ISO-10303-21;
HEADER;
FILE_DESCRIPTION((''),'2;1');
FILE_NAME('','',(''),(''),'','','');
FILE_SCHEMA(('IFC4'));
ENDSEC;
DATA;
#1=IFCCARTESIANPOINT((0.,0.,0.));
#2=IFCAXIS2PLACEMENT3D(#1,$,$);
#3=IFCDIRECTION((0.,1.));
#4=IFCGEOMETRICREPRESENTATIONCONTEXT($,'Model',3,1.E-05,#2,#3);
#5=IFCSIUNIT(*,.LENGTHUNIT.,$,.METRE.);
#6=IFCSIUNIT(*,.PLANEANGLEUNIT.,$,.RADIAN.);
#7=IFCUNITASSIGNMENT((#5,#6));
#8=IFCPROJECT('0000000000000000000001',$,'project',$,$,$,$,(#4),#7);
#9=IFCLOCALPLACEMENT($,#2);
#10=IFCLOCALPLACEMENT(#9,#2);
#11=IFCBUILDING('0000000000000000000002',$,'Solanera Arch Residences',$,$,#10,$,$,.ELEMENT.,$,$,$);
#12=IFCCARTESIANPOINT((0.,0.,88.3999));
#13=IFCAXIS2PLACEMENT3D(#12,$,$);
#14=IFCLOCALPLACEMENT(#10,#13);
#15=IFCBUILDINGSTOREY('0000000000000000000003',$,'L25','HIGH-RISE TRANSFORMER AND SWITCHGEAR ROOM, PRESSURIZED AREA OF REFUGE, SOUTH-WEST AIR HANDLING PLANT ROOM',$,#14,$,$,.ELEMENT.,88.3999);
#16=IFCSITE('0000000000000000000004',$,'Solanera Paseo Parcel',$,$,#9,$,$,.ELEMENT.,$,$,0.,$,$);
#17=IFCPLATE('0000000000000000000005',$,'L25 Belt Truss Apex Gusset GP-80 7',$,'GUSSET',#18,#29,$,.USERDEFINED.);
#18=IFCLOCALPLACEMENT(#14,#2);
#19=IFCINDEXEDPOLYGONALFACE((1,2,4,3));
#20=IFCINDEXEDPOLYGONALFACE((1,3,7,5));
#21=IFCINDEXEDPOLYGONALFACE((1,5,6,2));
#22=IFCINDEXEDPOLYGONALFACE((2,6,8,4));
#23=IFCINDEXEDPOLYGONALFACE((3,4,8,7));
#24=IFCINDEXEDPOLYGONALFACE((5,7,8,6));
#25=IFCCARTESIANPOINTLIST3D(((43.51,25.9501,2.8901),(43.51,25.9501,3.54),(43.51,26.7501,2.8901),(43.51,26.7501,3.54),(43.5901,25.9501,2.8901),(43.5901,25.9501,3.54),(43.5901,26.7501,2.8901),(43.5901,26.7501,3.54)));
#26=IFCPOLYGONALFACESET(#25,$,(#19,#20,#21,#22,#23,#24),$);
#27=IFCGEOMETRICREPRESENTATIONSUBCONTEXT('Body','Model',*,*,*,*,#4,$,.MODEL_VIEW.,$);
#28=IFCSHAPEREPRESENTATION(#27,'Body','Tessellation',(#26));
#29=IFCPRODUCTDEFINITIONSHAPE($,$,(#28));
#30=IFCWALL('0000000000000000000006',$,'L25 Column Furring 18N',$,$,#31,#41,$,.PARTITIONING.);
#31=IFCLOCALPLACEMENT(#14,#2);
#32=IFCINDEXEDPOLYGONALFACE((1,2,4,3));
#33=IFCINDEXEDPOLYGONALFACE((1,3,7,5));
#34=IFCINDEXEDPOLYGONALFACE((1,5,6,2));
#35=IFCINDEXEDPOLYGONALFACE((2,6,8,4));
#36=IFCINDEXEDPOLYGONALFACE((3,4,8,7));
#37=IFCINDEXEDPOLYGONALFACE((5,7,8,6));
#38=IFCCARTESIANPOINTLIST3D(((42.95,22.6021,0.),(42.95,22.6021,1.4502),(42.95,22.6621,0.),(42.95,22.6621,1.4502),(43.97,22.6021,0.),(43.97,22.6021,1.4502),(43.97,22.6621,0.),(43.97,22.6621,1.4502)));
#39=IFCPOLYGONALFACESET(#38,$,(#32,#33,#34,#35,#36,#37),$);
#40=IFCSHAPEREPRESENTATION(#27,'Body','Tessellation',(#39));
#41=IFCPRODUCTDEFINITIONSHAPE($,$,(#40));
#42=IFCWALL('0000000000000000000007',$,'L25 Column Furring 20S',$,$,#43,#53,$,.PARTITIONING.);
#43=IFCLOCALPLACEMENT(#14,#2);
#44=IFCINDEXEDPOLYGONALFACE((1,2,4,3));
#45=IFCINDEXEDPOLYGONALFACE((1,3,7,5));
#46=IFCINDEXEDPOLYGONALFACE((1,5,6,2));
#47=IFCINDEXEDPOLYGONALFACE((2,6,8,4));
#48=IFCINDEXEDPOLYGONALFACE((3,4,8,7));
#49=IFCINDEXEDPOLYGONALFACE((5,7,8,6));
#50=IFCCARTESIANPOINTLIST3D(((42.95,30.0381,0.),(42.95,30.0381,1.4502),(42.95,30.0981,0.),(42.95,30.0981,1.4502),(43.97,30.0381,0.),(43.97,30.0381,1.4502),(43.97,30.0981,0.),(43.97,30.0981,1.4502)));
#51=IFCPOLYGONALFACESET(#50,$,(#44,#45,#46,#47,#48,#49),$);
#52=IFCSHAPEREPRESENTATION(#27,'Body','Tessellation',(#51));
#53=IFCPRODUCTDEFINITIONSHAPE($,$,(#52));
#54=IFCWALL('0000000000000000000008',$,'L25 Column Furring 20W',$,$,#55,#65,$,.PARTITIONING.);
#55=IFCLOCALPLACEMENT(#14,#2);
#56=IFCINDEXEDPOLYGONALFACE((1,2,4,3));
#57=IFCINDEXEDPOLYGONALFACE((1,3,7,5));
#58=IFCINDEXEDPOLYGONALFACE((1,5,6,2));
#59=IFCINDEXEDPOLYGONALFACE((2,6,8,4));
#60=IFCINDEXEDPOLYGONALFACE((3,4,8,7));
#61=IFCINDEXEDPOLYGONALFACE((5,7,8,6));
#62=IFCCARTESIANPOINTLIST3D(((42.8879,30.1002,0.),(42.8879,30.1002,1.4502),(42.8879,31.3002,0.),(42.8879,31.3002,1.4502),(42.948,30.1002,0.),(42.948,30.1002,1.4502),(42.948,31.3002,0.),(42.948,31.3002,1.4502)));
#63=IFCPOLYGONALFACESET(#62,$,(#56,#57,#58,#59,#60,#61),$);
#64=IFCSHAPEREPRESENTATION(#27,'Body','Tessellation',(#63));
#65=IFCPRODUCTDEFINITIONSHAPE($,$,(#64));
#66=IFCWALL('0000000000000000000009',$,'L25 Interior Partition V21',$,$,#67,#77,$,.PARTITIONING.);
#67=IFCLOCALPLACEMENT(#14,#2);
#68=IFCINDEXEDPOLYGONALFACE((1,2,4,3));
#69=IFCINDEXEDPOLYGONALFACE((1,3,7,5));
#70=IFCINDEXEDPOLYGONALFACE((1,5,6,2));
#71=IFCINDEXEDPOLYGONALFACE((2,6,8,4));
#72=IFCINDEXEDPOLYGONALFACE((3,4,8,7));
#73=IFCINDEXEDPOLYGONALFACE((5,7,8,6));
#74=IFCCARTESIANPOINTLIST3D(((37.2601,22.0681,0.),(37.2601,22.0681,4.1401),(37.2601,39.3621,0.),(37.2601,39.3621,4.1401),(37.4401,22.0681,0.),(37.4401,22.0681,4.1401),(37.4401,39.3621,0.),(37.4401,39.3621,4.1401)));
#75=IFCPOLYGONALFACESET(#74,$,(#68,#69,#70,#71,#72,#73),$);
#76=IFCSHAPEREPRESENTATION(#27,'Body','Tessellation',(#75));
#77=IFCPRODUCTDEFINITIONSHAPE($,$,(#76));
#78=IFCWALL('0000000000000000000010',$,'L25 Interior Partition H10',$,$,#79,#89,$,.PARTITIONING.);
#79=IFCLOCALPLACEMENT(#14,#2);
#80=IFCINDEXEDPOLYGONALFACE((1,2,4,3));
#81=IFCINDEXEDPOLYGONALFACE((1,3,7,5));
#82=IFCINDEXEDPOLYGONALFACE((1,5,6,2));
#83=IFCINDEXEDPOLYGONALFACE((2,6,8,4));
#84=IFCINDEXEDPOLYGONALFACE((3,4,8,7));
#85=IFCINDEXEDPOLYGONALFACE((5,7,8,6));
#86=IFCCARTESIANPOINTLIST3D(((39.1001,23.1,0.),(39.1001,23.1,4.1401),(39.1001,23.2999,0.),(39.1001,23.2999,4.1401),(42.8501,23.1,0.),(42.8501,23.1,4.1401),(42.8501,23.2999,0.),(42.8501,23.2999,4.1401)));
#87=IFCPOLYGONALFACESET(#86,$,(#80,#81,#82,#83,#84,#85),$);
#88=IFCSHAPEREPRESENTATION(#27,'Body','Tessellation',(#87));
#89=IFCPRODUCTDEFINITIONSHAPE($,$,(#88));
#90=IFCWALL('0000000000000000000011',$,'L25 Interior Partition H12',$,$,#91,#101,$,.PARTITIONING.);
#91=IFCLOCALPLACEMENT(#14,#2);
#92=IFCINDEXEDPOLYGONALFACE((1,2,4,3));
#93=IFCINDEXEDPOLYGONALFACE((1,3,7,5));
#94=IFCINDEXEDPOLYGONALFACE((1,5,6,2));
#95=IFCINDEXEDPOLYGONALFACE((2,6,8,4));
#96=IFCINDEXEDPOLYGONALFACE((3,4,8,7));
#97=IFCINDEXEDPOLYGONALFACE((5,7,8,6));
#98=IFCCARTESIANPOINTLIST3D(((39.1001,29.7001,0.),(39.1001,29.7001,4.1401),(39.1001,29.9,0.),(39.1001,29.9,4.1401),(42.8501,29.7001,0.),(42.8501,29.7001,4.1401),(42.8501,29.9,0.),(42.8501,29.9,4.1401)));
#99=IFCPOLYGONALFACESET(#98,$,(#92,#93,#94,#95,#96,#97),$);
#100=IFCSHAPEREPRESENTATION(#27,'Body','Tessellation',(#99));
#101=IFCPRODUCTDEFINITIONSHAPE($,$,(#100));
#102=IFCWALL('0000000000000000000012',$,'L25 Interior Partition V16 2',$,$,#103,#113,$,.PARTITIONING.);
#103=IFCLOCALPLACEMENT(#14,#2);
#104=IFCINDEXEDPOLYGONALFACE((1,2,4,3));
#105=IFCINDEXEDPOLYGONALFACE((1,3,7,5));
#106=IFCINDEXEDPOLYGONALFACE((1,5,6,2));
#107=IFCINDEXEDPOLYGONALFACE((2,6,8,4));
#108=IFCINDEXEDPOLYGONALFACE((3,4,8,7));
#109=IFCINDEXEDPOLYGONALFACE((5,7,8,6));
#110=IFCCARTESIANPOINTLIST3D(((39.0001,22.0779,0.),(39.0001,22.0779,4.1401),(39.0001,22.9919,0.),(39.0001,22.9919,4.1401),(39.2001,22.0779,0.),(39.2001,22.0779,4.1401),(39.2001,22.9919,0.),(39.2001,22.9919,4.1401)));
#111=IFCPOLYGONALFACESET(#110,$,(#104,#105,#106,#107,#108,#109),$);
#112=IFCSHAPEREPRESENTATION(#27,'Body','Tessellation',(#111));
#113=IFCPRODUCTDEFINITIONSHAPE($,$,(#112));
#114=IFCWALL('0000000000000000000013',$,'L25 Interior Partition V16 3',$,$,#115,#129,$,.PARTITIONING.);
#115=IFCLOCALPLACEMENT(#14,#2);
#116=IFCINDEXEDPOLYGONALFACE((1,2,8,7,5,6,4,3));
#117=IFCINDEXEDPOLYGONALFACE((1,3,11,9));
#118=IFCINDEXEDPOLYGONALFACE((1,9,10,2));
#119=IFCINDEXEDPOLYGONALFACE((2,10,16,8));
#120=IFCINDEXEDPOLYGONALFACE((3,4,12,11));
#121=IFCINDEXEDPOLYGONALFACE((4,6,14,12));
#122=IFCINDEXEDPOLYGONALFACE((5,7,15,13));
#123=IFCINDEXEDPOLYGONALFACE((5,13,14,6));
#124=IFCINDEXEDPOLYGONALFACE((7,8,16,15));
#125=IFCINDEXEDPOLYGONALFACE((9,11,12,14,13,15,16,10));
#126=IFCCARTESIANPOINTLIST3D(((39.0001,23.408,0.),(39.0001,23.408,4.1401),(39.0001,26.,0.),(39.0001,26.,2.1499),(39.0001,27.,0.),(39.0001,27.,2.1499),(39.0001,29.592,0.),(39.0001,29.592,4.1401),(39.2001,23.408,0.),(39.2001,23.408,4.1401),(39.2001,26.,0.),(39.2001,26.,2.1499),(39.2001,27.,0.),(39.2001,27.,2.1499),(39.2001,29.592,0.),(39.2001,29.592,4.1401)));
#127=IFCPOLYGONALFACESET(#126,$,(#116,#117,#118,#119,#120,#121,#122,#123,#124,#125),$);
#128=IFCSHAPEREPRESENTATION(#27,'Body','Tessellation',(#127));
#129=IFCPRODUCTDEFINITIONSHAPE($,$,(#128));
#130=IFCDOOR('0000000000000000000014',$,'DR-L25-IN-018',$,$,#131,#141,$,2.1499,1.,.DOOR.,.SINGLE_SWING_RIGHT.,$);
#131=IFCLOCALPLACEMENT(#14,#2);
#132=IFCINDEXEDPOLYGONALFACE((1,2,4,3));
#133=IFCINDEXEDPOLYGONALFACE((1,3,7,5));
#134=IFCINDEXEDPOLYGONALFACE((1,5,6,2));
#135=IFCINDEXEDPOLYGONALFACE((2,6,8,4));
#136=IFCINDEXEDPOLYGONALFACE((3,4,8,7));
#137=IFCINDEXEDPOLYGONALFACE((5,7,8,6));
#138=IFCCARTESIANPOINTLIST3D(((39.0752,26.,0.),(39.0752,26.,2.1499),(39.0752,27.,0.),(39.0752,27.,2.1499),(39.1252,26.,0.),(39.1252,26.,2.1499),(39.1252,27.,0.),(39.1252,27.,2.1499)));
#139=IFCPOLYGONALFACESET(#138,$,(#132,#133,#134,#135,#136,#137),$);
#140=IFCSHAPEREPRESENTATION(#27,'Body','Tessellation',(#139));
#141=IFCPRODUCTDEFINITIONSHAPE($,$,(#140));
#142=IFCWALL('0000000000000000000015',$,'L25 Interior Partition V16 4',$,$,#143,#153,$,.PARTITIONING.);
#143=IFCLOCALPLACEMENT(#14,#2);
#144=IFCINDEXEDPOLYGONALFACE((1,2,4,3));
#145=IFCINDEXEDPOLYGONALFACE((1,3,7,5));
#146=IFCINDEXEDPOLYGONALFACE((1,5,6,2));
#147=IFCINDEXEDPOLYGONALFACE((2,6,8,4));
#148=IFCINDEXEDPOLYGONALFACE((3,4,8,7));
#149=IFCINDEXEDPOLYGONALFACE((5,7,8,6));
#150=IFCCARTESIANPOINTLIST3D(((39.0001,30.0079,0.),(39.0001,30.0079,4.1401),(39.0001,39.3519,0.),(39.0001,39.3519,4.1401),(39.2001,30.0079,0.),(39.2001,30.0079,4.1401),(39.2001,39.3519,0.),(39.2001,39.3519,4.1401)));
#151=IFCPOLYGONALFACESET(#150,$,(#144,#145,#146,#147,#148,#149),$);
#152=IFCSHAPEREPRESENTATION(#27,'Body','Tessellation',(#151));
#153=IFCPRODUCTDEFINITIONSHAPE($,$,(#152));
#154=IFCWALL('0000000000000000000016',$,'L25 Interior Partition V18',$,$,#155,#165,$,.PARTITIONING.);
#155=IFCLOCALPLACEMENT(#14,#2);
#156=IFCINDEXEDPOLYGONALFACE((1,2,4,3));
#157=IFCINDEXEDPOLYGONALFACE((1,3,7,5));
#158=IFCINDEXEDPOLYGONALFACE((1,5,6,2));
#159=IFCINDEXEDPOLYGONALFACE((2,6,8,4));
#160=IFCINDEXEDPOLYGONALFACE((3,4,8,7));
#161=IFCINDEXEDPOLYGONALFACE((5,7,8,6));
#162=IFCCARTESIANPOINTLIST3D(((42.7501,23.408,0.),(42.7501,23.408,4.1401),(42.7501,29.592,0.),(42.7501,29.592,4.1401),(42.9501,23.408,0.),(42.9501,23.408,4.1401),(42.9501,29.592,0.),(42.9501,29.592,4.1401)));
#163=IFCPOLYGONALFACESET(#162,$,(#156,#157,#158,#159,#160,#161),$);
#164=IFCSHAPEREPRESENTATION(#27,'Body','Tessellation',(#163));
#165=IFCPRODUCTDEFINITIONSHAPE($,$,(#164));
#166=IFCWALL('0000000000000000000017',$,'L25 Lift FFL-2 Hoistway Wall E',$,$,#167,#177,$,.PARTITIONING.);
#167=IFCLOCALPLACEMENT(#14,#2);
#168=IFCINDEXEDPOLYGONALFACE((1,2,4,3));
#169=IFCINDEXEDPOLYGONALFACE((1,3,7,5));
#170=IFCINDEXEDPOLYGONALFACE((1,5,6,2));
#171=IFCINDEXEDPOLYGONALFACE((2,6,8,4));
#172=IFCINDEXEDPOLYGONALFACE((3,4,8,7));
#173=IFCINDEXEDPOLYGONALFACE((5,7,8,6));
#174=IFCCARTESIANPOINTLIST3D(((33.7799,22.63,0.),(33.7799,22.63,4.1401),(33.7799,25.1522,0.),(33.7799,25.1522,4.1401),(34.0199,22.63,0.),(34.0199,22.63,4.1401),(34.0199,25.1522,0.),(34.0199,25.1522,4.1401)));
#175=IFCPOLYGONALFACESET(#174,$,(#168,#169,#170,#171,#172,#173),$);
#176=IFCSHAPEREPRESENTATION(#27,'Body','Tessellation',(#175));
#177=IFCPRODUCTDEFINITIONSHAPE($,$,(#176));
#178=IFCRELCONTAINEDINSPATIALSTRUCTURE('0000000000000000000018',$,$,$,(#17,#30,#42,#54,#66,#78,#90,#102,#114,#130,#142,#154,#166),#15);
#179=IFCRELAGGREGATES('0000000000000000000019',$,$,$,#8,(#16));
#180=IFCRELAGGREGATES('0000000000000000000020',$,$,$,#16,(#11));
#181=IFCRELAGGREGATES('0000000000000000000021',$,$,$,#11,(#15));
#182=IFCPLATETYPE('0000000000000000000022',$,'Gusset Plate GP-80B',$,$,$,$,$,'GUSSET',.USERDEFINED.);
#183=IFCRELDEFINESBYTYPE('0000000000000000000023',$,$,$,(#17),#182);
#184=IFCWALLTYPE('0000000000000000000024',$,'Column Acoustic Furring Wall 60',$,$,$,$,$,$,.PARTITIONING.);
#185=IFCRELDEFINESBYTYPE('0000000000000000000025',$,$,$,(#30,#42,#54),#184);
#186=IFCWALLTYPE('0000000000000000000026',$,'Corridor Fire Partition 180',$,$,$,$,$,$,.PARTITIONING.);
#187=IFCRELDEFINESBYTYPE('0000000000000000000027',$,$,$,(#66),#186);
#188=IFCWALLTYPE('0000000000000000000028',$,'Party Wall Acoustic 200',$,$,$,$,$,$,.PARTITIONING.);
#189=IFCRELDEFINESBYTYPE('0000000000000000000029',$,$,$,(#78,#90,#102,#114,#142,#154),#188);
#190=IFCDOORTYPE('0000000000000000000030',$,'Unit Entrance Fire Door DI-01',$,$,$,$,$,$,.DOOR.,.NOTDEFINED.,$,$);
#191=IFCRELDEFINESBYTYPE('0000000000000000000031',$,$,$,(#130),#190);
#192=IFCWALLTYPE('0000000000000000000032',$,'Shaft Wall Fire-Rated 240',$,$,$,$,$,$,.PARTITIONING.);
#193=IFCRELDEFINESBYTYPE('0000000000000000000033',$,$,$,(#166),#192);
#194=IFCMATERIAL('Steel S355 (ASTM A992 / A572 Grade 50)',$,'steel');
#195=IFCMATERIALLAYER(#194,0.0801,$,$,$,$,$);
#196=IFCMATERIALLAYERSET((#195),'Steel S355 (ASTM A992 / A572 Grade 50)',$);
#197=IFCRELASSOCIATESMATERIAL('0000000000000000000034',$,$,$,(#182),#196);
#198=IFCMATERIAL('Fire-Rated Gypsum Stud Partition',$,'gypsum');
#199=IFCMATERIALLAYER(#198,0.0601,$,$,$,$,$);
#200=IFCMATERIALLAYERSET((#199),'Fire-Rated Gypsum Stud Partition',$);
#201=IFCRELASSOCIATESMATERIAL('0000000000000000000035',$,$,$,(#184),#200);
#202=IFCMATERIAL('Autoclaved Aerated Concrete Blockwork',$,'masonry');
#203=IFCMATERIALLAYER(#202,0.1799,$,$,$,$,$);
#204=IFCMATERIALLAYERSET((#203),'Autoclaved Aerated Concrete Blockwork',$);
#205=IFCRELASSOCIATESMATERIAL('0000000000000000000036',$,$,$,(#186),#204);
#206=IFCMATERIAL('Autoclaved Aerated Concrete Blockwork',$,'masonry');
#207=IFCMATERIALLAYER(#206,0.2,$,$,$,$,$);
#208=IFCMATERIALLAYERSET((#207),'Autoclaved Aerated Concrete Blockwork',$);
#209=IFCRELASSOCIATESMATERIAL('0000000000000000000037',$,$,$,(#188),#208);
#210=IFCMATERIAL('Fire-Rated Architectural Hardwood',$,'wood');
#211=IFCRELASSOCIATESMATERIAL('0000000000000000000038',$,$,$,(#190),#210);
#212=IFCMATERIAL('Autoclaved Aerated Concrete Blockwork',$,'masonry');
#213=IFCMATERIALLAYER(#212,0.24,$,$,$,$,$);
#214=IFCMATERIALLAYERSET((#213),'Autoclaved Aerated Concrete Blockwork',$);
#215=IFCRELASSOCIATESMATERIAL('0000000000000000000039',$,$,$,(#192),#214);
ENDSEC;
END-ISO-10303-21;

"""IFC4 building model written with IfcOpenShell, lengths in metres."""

from ifc_helpers import new_model, si_unit, direction, frame, frame_2d, origin, origin_2d, place, context, subcontext, project, spatial, rectangle, extrude, material, layer, layer_set, type_object, element, fill, save


model = new_model("IFC4")

# Units and contexts
model_context = context("Model", 3, precision=1e-05, world=origin(), true_north=direction((0.0, 1.0)))
body_context = subcontext(model_context, "Body", "Model", "MODEL_VIEW")
ifc_project = project(units=[si_unit("LENGTHUNIT", "METRE"), si_unit("PLANEANGLEUNIT", "RADIAN")], contexts=[model_context])

# Site, building, storey
site_placement = place(None, origin())
site = spatial("IfcSite", under=ifc_project, at=site_placement, Name="Solanera Paseo Parcel", CompositionType="ELEMENT", RefElevation=0.0)
building_placement = place(site_placement, origin())
building = spatial("IfcBuilding", under=site, at=building_placement, Name="Solanera Arch Residences", CompositionType="ELEMENT")
storey_placement = place(building_placement, frame((0.0, 0.0, 88.3999)))
storey = spatial("IfcBuildingStorey", under=building, at=storey_placement, Name="L25", Description="HIGH-RISE TRANSFORMER AND SWITCHGEAR ROOM, PRESSURIZED AREA OF REFUGE, SOUTH-WEST AIR HANDLING PLANT ROOM", CompositionType="ELEMENT", Elevation=88.3999)

# Plate
ifc_material_1 = material(Name="Steel S355 (ASTM A992 / A572 Grade 50)", Category="steel")
ifc_layer_1 = layer(ifc_material_1, 0.0801)
ifc_layer_set_1 = layer_set([ifc_layer_1], Name="Steel S355 (ASTM A992 / A572 Grade 50)")
plate_type_1 = type_object("IfcPlateType", Name="Gusset Plate GP-80B", ElementType="GUSSET", PredefinedType="USERDEFINED", material=ifc_layer_set_1)
plate_placement = place(storey_placement, frame((43.55, 26.3501, 2.8901), z_axis=(0.0, 0.0, 1.0), x_axis=(1.0, 0.0, 0.0)))
element("IfcPlate", 1, at=plate_placement, inside=storey, type_object=plate_type_1, Name="L25 Belt Truss Apex Gusset GP-80 7", ObjectType="GUSSET", PredefinedType="USERDEFINED", context=body_context, shape_type="SweptSolid", body=[
    extrude(rectangle(XDim=0.0801, YDim=0.8, at=origin_2d()), origin(), (0.0, 0.0, 1.0), 0.6499),
])

# Walls
ifc_material_2 = material(Name="Fire-Rated Gypsum Stud Partition", Category="gypsum")
ifc_layer_2 = layer(ifc_material_2, 0.0601)
ifc_layer_set_2 = layer_set([ifc_layer_2], Name="Fire-Rated Gypsum Stud Partition")
wall_type_1 = type_object("IfcWallType", Name="Column Acoustic Furring Wall 60", PredefinedType="PARTITIONING", material=ifc_layer_set_2)
for number, where, z_axis, x_axis, name in (
    (2, (42.95, 22.6321, 0.0), (0.0, 0.0, 1.0), (1.0, 0.0, 0.0), "L25 Column Furring 18N"),
    (3, (42.95, 30.0681, 0.0), (0.0, 0.0, 1.0), (1.0, 0.0, 0.0), "L25 Column Furring 20S"),
):
    element("IfcWall", number, at=place(storey_placement, frame(where, z_axis=z_axis, x_axis=x_axis)), inside=storey, type_object=wall_type_1, Name=name, PredefinedType="PARTITIONING", context=body_context, shape_type="SweptSolid", body=[
        extrude(rectangle(XDim=1.02, YDim=0.0601, at=frame_2d((0.51, 0.0))), origin(), (0.0, 0.0, 1.0), 1.4502),
    ])
wall_1_placement = place(storey_placement, frame((42.918, 30.1001, 0.0), z_axis=(0.0, 0.0, 1.0), x_axis=(0.0, 1.0, 0.0)))
element("IfcWall", 4, at=wall_1_placement, inside=storey, type_object=wall_type_1, Name="L25 Column Furring 20W", PredefinedType="PARTITIONING", context=body_context, shape_type="SweptSolid", body=[
    extrude(rectangle(XDim=1.2, YDim=0.0601, at=frame_2d((0.6001, 0.0))), origin(), (0.0, 0.0, 1.0), 1.4502),
])
ifc_material_3 = material(Name="Autoclaved Aerated Concrete Blockwork", Category="masonry")
ifc_layer_3 = layer(ifc_material_3, 0.1799)
ifc_layer_set_3 = layer_set([ifc_layer_3], Name="Autoclaved Aerated Concrete Blockwork")
wall_type_2 = type_object("IfcWallType", Name="Corridor Fire Partition 180", PredefinedType="PARTITIONING", material=ifc_layer_set_3)
wall_2_placement = place(storey_placement, frame((37.3501, 22.0681, 0.0), z_axis=(0.0, 0.0, 1.0), x_axis=(0.0, 1.0, 0.0)))
element("IfcWall", 5, at=wall_2_placement, inside=storey, type_object=wall_type_2, Name="L25 Interior Partition V21", PredefinedType="PARTITIONING", context=body_context, shape_type="SweptSolid", body=[
    extrude(rectangle(XDim=17.2939, YDim=0.1799, at=frame_2d((8.647, 0.0))), origin(), (0.0, 0.0, 1.0), 4.1401),
])
ifc_material_4 = material(Name="Autoclaved Aerated Concrete Blockwork", Category="masonry")
ifc_layer_4 = layer(ifc_material_4, 0.2)
ifc_layer_set_4 = layer_set([ifc_layer_4], Name="Autoclaved Aerated Concrete Blockwork")
wall_type_3 = type_object("IfcWallType", Name="Party Wall Acoustic 200", PredefinedType="PARTITIONING", material=ifc_layer_set_4)
for number, where, z_axis, x_axis, name in (
    (6, (39.1001, 23.2, 0.0), (0.0, 0.0, 1.0), (1.0, 0.0, 0.0), "L25 Interior Partition H10"),
    (7, (39.1001, 29.8, 0.0), (0.0, 0.0, 1.0), (1.0, 0.0, 0.0), "L25 Interior Partition H12"),
):
    element("IfcWall", number, at=place(storey_placement, frame(where, z_axis=z_axis, x_axis=x_axis)), inside=storey, type_object=wall_type_3, Name=name, PredefinedType="PARTITIONING", context=body_context, shape_type="SweptSolid", body=[
        extrude(rectangle(XDim=3.75, YDim=0.2, at=frame_2d((1.875, 0.0))), origin(), (0.0, 0.0, 1.0), 4.1401),
    ])
wall_3_placement = place(storey_placement, frame((39.1001, 22.0779, 0.0), z_axis=(0.0, 0.0, 1.0), x_axis=(0.0, 1.0, 0.0)))
element("IfcWall", 8, at=wall_3_placement, inside=storey, type_object=wall_type_3, Name="L25 Interior Partition V16 2", PredefinedType="PARTITIONING", context=body_context, shape_type="SweptSolid", body=[
    extrude(rectangle(XDim=0.9141, YDim=0.2, at=frame_2d((0.457, 0.0))), origin(), (0.0, 0.0, 1.0), 4.1401),
])

# Wall, opening, door
wall_4_placement = place(storey_placement, frame((39.1001, 23.408, 0.0), z_axis=(0.0, 0.0, 1.0), x_axis=(0.0, 1.0, 0.0)))
wall_4 = element("IfcWall", 9, at=wall_4_placement, inside=storey, type_object=wall_type_3, Name="L25 Interior Partition V16 3", PredefinedType="PARTITIONING", context=body_context, shape_type="SweptSolid", body=[
    extrude(rectangle(XDim=6.1841, YDim=0.2, at=frame_2d((3.092, 0.0))), origin(), (0.0, 0.0, 1.0), 4.1401),
])
opening_placement = place(wall_4_placement, frame((2.592, 0.0, 0.0)))
opening = element("IfcOpeningElement", 10, at=opening_placement, cuts=wall_4, PredefinedType="OPENING", context=body_context, shape_type="SweptSolid", body=[
    extrude(rectangle(XDim=1.0, YDim=2.1499, at=frame_2d((0.5, 1.075))), frame((0.0, 0.1101, 0.0), z_axis=(0.0, -1.0, 0.0), x_axis=(1.0, 0.0, 0.0)), (0.0, 0.0, 1.0), 0.22),
])
ifc_material_5 = material(Name="Fire-Rated Architectural Hardwood", Category="wood")
door_type = type_object("IfcDoorType", Name="Unit Entrance Fire Door DI-01", OperationType="NOTDEFINED", PredefinedType="DOOR", material=ifc_material_5)
door_placement = place(opening_placement, origin())
door = element("IfcDoor", 11, at=door_placement, inside=storey, type_object=door_type, Name="DR-L25-IN-018", OperationType="SINGLE_SWING_RIGHT", OverallHeight=2.1499, OverallWidth=1.0, PredefinedType="DOOR", context=body_context, shape_type="SweptSolid", body=[
    extrude(rectangle(XDim=1.0, YDim=2.1499, at=frame_2d((0.5, 1.075))), frame((0.0, 0.0249, 0.0), z_axis=(0.0, -1.0, 0.0), x_axis=(1.0, 0.0, 0.0)), (0.0, 0.0, 1.0), 0.05),
])
fill(opening, door)

# Walls
wall_5_placement = place(storey_placement, frame((39.1001, 30.0081, 0.0), z_axis=(0.0, 0.0, 1.0), x_axis=(0.0, 1.0, 0.0)))
element("IfcWall", 12, at=wall_5_placement, inside=storey, type_object=wall_type_3, Name="L25 Interior Partition V16 4", PredefinedType="PARTITIONING", context=body_context, shape_type="SweptSolid", body=[
    extrude(rectangle(XDim=9.344, YDim=0.2, at=frame_2d((4.6719, 0.0))), origin(), (0.0, 0.0, 1.0), 4.1401),
])
wall_6_placement = place(storey_placement, frame((42.8501, 23.408, 0.0), z_axis=(0.0, 0.0, 1.0), x_axis=(0.0, 1.0, 0.0)))
element("IfcWall", 13, at=wall_6_placement, inside=storey, type_object=wall_type_3, Name="L25 Interior Partition V18", PredefinedType="PARTITIONING", context=body_context, shape_type="SweptSolid", body=[
    extrude(rectangle(XDim=6.1841, YDim=0.2, at=frame_2d((3.092, 0.0))), origin(), (0.0, 0.0, 1.0), 4.1401),
])
ifc_material_6 = material(Name="Autoclaved Aerated Concrete Blockwork", Category="masonry")
ifc_layer_5 = layer(ifc_material_6, 0.24)
ifc_layer_set_5 = layer_set([ifc_layer_5], Name="Autoclaved Aerated Concrete Blockwork")
wall_type_4 = type_object("IfcWallType", Name="Shaft Wall Fire-Rated 240", PredefinedType="PARTITIONING", material=ifc_layer_set_5)
wall_7_placement = place(storey_placement, frame((33.8999, 22.6299, 0.0), z_axis=(0.0, 0.0, 1.0), x_axis=(0.0, 1.0, 0.0)))
element("IfcWall", 14, at=wall_7_placement, inside=storey, type_object=wall_type_4, Name="L25 Lift FFL-2 Hoistway Wall E", PredefinedType="PARTITIONING", context=body_context, shape_type="SweptSolid", body=[
    extrude(rectangle(XDim=2.5222, YDim=0.24, at=frame_2d((1.2612, 0.0))), origin(), (0.0, 0.0, 1.0), 4.1401),
])

save(model, "model.ifc")
